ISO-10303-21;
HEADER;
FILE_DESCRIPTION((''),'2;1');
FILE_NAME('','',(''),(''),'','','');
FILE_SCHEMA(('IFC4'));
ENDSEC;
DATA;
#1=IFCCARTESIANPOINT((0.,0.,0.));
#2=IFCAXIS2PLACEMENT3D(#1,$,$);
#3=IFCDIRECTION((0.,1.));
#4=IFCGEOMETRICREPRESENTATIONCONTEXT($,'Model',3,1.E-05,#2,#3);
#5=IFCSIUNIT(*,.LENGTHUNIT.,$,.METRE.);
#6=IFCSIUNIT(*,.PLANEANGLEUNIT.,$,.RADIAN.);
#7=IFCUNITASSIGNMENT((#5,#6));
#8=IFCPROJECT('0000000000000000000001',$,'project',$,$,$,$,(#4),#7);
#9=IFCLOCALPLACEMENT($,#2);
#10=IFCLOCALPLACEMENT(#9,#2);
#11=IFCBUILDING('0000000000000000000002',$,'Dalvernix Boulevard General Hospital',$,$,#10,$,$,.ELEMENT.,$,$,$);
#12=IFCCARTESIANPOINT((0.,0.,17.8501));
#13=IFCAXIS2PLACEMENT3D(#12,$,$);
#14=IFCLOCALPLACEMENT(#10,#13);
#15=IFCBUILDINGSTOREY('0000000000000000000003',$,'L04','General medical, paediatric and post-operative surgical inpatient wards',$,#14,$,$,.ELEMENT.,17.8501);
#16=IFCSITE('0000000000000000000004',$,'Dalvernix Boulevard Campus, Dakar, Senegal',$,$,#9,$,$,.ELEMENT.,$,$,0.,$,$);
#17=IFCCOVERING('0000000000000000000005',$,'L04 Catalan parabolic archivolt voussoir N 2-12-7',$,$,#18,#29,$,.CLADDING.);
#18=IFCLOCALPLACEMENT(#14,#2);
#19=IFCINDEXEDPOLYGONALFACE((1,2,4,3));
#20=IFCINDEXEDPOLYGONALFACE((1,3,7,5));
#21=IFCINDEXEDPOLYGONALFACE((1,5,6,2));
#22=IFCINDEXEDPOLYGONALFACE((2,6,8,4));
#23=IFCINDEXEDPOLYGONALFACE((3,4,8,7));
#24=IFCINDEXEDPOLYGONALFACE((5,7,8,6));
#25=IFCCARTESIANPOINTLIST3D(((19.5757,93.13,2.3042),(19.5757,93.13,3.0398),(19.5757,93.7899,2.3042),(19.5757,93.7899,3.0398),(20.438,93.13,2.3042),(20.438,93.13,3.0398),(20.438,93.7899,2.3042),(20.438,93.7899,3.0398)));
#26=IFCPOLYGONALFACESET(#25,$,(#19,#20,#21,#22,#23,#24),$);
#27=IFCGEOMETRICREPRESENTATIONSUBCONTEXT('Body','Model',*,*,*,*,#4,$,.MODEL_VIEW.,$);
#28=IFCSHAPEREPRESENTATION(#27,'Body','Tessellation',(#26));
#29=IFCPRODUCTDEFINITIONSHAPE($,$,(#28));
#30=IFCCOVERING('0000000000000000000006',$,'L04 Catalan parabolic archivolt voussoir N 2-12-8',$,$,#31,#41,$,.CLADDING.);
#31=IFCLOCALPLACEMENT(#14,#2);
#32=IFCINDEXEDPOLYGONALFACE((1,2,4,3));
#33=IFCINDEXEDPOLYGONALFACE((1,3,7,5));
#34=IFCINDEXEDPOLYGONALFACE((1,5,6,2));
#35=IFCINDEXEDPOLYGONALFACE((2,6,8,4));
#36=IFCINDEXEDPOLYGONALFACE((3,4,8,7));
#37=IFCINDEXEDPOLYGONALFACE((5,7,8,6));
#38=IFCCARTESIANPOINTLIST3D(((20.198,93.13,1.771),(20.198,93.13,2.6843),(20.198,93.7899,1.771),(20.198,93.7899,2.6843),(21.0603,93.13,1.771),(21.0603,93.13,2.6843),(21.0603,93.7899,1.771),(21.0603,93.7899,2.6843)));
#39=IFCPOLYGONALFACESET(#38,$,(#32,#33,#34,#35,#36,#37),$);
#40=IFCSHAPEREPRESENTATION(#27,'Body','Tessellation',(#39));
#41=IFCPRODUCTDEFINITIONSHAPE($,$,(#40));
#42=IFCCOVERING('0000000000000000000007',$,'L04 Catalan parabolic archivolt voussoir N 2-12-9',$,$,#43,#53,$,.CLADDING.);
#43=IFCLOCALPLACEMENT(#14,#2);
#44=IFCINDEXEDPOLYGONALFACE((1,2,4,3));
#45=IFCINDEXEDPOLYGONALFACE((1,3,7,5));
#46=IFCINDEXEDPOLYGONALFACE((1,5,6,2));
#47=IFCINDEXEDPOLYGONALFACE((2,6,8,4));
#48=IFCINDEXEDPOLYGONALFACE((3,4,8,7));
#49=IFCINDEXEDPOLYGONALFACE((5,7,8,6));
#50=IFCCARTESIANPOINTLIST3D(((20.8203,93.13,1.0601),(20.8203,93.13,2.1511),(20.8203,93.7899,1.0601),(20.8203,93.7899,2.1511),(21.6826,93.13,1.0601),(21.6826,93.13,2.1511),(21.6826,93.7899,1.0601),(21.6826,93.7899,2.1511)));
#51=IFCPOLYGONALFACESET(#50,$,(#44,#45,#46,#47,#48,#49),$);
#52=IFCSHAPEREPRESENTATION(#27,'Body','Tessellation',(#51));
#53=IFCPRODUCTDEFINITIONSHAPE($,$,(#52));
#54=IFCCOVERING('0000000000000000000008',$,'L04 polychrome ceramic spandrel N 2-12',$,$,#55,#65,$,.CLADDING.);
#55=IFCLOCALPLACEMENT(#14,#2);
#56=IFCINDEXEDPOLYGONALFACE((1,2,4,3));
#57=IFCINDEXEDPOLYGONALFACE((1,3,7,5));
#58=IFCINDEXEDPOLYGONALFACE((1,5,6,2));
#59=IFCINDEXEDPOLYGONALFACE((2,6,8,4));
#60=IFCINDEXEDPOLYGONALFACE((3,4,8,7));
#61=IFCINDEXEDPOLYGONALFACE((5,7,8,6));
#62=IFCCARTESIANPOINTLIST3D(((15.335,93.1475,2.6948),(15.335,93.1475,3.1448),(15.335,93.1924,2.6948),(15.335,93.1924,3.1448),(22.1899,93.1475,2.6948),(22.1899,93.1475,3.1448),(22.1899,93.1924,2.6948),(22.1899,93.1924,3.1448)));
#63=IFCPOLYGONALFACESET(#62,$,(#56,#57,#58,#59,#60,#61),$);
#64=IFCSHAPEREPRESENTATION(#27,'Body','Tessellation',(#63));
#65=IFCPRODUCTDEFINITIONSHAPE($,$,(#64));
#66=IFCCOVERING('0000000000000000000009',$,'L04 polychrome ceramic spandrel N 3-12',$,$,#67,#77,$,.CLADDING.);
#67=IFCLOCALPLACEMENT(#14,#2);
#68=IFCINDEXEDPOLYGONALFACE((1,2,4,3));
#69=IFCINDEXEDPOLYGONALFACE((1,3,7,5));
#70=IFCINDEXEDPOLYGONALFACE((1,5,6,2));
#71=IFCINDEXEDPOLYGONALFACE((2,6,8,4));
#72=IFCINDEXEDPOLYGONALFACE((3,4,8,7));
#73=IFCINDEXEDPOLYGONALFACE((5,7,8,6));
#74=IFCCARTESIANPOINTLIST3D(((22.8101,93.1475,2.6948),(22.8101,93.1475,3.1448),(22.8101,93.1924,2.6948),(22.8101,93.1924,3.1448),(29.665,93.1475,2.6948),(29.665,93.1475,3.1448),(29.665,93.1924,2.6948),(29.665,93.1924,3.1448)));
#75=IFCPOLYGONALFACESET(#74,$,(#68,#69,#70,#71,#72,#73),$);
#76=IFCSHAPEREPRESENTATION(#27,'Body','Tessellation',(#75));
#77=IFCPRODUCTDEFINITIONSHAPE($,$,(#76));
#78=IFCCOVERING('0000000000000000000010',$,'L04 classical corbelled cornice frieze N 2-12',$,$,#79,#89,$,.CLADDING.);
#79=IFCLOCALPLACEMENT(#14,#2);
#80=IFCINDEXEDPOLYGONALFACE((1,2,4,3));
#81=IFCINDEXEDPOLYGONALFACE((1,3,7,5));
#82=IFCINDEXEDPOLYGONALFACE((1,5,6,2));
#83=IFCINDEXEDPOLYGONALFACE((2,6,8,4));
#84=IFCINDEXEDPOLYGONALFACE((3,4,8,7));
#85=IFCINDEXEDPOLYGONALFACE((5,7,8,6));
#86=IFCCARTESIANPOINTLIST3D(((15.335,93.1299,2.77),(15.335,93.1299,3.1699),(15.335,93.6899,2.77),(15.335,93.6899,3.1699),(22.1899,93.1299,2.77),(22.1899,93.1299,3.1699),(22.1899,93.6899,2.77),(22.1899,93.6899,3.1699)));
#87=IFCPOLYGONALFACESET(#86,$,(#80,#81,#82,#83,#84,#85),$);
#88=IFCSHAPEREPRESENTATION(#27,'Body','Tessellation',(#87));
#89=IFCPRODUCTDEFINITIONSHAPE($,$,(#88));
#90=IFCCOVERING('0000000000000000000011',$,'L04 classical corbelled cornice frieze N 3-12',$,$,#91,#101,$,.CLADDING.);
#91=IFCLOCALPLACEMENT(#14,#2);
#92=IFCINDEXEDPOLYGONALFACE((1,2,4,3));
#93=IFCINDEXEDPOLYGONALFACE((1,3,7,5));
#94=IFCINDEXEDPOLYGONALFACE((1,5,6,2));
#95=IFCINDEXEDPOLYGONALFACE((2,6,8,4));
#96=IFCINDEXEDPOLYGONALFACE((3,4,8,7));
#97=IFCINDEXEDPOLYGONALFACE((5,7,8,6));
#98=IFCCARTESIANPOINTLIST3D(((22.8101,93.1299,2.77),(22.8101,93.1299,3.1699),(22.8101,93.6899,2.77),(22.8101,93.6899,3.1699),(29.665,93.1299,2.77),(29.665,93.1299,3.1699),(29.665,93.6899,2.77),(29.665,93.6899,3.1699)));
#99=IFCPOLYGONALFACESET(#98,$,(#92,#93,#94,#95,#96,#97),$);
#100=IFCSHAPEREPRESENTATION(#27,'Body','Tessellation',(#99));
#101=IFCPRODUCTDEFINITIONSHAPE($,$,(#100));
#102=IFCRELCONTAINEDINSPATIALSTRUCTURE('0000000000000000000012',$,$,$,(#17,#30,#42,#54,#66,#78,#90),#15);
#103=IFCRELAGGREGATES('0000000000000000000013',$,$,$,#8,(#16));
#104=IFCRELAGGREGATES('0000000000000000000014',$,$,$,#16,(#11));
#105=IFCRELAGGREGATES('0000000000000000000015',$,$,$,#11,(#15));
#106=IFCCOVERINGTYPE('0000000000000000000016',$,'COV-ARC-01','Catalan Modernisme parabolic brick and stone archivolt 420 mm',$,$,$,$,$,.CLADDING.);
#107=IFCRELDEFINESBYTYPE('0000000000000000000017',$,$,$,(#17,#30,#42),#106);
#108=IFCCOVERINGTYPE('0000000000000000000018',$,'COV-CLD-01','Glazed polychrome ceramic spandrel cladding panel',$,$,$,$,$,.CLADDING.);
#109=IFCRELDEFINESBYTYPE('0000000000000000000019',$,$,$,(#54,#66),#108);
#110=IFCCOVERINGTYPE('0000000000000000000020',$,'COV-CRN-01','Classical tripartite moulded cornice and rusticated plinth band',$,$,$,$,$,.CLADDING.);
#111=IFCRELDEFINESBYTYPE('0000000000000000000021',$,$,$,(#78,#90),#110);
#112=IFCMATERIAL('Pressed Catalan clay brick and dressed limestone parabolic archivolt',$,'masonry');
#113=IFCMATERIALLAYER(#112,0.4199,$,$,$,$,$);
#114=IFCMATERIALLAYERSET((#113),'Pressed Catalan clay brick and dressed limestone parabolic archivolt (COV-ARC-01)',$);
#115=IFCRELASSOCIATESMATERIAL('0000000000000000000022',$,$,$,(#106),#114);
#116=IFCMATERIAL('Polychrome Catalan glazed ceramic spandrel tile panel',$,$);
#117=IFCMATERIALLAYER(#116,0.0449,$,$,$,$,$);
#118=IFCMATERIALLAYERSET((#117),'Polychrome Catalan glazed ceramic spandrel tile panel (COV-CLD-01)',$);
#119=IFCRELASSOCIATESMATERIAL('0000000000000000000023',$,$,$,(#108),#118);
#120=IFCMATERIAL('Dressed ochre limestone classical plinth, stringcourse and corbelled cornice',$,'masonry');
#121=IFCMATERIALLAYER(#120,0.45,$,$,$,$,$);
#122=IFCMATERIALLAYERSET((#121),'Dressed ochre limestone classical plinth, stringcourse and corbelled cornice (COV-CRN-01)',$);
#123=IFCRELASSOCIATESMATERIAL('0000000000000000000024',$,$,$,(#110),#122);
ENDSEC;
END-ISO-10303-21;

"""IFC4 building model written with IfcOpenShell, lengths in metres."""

from ifc_helpers import new_model, si_unit, direction, frame, origin, origin_2d, place, context, subcontext, project, spatial, rectangle, extrude, material, layer, layer_set, type_object, element, save


model = new_model("IFC4")

# Units and contexts
model_context = context("Model", 3, precision=1e-05, world=origin(), true_north=direction((0.0, 1.0)))
body_context = subcontext(model_context, "Body", "Model", "MODEL_VIEW")
ifc_project = project(units=[si_unit("LENGTHUNIT", "METRE"), si_unit("PLANEANGLEUNIT", "RADIAN")], contexts=[model_context])

# Site, building, storey
site_placement = place(None, origin())
site = spatial("IfcSite", under=ifc_project, at=site_placement, Name="Dalvernix Boulevard Campus, Dakar, Senegal", CompositionType="ELEMENT", RefElevation=0.0)
building_placement = place(site_placement, origin())
building = spatial("IfcBuilding", under=site, at=building_placement, Name="Dalvernix Boulevard General Hospital", CompositionType="ELEMENT")
storey_placement = place(building_placement, frame((0.0, 0.0, 17.8501)))
storey = spatial("IfcBuildingStorey", under=building, at=storey_placement, Name="L04", Description="General medical, paediatric and post-operative surgical inpatient wards", CompositionType="ELEMENT", Elevation=17.8501)

# Coverings
ifc_material_1 = material(Name="Pressed Catalan clay brick and dressed limestone parabolic archivolt", Category="masonry")
ifc_layer_1 = layer(ifc_material_1, 0.4199)
ifc_layer_set_1 = layer_set([ifc_layer_1], Name="Pressed Catalan clay brick and dressed limestone parabolic archivolt (COV-ARC-01)")
covering_type_1 = type_object("IfcCoveringType", Name="COV-ARC-01", Description="Catalan Modernisme parabolic brick and stone archivolt 420 mm", PredefinedType="CLADDING", material=ifc_layer_set_1)
covering_1_placement = place(storey_placement, frame((20.0068, 93.46, 2.3042), z_axis=(0.0, 0.0, 1.0), x_axis=(1.0, 0.0, 0.0)))
element("IfcCovering", 1, at=covering_1_placement, inside=storey, type_object=covering_type_1, Name="L04 Catalan parabolic archivolt voussoir N 2-12-7", PredefinedType="CLADDING", context=body_context, shape_type="SweptSolid", body=[
    extrude(rectangle(XDim=0.8623, YDim=0.6599, at=origin_2d()), origin(), (0.0, 0.0, 1.0), 0.7356),
])
covering_2_placement = place(storey_placement, frame((20.6292, 93.46, 1.771), z_axis=(0.0, 0.0, 1.0), x_axis=(1.0, 0.0, 0.0)))
element("IfcCovering", 2, at=covering_2_placement, inside=storey, type_object=covering_type_1, Name="L04 Catalan parabolic archivolt voussoir N 2-12-8", PredefinedType="CLADDING", context=body_context, shape_type="SweptSolid", body=[
    extrude(rectangle(XDim=0.8623, YDim=0.6599, at=origin_2d()), origin(), (0.0, 0.0, 1.0), 0.9133),
])
covering_3_placement = place(storey_placement, frame((21.2515, 93.46, 1.0601), z_axis=(0.0, 0.0, 1.0), x_axis=(1.0, 0.0, 0.0)))
element("IfcCovering", 3, at=covering_3_placement, inside=storey, type_object=covering_type_1, Name="L04 Catalan parabolic archivolt voussoir N 2-12-9", PredefinedType="CLADDING", context=body_context, shape_type="SweptSolid", body=[
    extrude(rectangle(XDim=0.8623, YDim=0.6599, at=origin_2d()), origin(), (0.0, 0.0, 1.0), 1.0911),
])
ifc_material_2 = material(Name="Polychrome Catalan glazed ceramic spandrel tile panel")
ifc_layer_2 = layer(ifc_material_2, 0.0449)
ifc_layer_set_2 = layer_set([ifc_layer_2], Name="Polychrome Catalan glazed ceramic spandrel tile panel (COV-CLD-01)")
covering_type_2 = type_object("IfcCoveringType", Name="COV-CLD-01", Description="Glazed polychrome ceramic spandrel cladding panel", PredefinedType="CLADDING", material=ifc_layer_set_2)
for number, where, z_axis, x_axis, name in (
    (4, (18.7625, 93.1699, 2.6948), (0.0, 0.0, 1.0), (1.0, 0.0, 0.0), "L04 polychrome ceramic spandrel N 2-12"),
    (5, (26.2375, 93.1699, 2.6948), (0.0, 0.0, 1.0), (1.0, 0.0, 0.0), "L04 polychrome ceramic spandrel N 3-12"),
):
    element("IfcCovering", number, at=place(storey_placement, frame(where, z_axis=z_axis, x_axis=x_axis)), inside=storey, type_object=covering_type_2, Name=name, PredefinedType="CLADDING", context=body_context, shape_type="SweptSolid", body=[
        extrude(rectangle(XDim=6.855, YDim=0.0449, at=origin_2d()), origin(), (0.0, 0.0, 1.0), 0.45),
    ])
ifc_material_3 = material(Name="Dressed ochre limestone classical plinth, stringcourse and corbelled cornice", Category="masonry")
ifc_layer_3 = layer(ifc_material_3, 0.45)
ifc_layer_set_3 = layer_set([ifc_layer_3], Name="Dressed ochre limestone classical plinth, stringcourse and corbelled cornice (COV-CRN-01)")
covering_type_3 = type_object("IfcCoveringType", Name="COV-CRN-01", Description="Classical tripartite moulded cornice and rusticated plinth band", PredefinedType="CLADDING", material=ifc_layer_set_3)
for number, where, z_axis, x_axis, name in (
    (6, (18.7625, 93.4099, 2.77), (0.0, 0.0, 1.0), (1.0, 0.0, 0.0), "L04 classical corbelled cornice frieze N 2-12"),
    (7, (26.2375, 93.4099, 2.77), (0.0, 0.0, 1.0), (1.0, 0.0, 0.0), "L04 classical corbelled cornice frieze N 3-12"),
):
    element("IfcCovering", number, at=place(storey_placement, frame(where, z_axis=z_axis, x_axis=x_axis)), inside=storey, type_object=covering_type_3, Name=name, PredefinedType="CLADDING", context=body_context, shape_type="SweptSolid", body=[
        extrude(rectangle(XDim=6.855, YDim=0.5601, at=origin_2d()), origin(), (0.0, 0.0, 1.0), 0.3999),
    ])

save(model, "model.ifc")
